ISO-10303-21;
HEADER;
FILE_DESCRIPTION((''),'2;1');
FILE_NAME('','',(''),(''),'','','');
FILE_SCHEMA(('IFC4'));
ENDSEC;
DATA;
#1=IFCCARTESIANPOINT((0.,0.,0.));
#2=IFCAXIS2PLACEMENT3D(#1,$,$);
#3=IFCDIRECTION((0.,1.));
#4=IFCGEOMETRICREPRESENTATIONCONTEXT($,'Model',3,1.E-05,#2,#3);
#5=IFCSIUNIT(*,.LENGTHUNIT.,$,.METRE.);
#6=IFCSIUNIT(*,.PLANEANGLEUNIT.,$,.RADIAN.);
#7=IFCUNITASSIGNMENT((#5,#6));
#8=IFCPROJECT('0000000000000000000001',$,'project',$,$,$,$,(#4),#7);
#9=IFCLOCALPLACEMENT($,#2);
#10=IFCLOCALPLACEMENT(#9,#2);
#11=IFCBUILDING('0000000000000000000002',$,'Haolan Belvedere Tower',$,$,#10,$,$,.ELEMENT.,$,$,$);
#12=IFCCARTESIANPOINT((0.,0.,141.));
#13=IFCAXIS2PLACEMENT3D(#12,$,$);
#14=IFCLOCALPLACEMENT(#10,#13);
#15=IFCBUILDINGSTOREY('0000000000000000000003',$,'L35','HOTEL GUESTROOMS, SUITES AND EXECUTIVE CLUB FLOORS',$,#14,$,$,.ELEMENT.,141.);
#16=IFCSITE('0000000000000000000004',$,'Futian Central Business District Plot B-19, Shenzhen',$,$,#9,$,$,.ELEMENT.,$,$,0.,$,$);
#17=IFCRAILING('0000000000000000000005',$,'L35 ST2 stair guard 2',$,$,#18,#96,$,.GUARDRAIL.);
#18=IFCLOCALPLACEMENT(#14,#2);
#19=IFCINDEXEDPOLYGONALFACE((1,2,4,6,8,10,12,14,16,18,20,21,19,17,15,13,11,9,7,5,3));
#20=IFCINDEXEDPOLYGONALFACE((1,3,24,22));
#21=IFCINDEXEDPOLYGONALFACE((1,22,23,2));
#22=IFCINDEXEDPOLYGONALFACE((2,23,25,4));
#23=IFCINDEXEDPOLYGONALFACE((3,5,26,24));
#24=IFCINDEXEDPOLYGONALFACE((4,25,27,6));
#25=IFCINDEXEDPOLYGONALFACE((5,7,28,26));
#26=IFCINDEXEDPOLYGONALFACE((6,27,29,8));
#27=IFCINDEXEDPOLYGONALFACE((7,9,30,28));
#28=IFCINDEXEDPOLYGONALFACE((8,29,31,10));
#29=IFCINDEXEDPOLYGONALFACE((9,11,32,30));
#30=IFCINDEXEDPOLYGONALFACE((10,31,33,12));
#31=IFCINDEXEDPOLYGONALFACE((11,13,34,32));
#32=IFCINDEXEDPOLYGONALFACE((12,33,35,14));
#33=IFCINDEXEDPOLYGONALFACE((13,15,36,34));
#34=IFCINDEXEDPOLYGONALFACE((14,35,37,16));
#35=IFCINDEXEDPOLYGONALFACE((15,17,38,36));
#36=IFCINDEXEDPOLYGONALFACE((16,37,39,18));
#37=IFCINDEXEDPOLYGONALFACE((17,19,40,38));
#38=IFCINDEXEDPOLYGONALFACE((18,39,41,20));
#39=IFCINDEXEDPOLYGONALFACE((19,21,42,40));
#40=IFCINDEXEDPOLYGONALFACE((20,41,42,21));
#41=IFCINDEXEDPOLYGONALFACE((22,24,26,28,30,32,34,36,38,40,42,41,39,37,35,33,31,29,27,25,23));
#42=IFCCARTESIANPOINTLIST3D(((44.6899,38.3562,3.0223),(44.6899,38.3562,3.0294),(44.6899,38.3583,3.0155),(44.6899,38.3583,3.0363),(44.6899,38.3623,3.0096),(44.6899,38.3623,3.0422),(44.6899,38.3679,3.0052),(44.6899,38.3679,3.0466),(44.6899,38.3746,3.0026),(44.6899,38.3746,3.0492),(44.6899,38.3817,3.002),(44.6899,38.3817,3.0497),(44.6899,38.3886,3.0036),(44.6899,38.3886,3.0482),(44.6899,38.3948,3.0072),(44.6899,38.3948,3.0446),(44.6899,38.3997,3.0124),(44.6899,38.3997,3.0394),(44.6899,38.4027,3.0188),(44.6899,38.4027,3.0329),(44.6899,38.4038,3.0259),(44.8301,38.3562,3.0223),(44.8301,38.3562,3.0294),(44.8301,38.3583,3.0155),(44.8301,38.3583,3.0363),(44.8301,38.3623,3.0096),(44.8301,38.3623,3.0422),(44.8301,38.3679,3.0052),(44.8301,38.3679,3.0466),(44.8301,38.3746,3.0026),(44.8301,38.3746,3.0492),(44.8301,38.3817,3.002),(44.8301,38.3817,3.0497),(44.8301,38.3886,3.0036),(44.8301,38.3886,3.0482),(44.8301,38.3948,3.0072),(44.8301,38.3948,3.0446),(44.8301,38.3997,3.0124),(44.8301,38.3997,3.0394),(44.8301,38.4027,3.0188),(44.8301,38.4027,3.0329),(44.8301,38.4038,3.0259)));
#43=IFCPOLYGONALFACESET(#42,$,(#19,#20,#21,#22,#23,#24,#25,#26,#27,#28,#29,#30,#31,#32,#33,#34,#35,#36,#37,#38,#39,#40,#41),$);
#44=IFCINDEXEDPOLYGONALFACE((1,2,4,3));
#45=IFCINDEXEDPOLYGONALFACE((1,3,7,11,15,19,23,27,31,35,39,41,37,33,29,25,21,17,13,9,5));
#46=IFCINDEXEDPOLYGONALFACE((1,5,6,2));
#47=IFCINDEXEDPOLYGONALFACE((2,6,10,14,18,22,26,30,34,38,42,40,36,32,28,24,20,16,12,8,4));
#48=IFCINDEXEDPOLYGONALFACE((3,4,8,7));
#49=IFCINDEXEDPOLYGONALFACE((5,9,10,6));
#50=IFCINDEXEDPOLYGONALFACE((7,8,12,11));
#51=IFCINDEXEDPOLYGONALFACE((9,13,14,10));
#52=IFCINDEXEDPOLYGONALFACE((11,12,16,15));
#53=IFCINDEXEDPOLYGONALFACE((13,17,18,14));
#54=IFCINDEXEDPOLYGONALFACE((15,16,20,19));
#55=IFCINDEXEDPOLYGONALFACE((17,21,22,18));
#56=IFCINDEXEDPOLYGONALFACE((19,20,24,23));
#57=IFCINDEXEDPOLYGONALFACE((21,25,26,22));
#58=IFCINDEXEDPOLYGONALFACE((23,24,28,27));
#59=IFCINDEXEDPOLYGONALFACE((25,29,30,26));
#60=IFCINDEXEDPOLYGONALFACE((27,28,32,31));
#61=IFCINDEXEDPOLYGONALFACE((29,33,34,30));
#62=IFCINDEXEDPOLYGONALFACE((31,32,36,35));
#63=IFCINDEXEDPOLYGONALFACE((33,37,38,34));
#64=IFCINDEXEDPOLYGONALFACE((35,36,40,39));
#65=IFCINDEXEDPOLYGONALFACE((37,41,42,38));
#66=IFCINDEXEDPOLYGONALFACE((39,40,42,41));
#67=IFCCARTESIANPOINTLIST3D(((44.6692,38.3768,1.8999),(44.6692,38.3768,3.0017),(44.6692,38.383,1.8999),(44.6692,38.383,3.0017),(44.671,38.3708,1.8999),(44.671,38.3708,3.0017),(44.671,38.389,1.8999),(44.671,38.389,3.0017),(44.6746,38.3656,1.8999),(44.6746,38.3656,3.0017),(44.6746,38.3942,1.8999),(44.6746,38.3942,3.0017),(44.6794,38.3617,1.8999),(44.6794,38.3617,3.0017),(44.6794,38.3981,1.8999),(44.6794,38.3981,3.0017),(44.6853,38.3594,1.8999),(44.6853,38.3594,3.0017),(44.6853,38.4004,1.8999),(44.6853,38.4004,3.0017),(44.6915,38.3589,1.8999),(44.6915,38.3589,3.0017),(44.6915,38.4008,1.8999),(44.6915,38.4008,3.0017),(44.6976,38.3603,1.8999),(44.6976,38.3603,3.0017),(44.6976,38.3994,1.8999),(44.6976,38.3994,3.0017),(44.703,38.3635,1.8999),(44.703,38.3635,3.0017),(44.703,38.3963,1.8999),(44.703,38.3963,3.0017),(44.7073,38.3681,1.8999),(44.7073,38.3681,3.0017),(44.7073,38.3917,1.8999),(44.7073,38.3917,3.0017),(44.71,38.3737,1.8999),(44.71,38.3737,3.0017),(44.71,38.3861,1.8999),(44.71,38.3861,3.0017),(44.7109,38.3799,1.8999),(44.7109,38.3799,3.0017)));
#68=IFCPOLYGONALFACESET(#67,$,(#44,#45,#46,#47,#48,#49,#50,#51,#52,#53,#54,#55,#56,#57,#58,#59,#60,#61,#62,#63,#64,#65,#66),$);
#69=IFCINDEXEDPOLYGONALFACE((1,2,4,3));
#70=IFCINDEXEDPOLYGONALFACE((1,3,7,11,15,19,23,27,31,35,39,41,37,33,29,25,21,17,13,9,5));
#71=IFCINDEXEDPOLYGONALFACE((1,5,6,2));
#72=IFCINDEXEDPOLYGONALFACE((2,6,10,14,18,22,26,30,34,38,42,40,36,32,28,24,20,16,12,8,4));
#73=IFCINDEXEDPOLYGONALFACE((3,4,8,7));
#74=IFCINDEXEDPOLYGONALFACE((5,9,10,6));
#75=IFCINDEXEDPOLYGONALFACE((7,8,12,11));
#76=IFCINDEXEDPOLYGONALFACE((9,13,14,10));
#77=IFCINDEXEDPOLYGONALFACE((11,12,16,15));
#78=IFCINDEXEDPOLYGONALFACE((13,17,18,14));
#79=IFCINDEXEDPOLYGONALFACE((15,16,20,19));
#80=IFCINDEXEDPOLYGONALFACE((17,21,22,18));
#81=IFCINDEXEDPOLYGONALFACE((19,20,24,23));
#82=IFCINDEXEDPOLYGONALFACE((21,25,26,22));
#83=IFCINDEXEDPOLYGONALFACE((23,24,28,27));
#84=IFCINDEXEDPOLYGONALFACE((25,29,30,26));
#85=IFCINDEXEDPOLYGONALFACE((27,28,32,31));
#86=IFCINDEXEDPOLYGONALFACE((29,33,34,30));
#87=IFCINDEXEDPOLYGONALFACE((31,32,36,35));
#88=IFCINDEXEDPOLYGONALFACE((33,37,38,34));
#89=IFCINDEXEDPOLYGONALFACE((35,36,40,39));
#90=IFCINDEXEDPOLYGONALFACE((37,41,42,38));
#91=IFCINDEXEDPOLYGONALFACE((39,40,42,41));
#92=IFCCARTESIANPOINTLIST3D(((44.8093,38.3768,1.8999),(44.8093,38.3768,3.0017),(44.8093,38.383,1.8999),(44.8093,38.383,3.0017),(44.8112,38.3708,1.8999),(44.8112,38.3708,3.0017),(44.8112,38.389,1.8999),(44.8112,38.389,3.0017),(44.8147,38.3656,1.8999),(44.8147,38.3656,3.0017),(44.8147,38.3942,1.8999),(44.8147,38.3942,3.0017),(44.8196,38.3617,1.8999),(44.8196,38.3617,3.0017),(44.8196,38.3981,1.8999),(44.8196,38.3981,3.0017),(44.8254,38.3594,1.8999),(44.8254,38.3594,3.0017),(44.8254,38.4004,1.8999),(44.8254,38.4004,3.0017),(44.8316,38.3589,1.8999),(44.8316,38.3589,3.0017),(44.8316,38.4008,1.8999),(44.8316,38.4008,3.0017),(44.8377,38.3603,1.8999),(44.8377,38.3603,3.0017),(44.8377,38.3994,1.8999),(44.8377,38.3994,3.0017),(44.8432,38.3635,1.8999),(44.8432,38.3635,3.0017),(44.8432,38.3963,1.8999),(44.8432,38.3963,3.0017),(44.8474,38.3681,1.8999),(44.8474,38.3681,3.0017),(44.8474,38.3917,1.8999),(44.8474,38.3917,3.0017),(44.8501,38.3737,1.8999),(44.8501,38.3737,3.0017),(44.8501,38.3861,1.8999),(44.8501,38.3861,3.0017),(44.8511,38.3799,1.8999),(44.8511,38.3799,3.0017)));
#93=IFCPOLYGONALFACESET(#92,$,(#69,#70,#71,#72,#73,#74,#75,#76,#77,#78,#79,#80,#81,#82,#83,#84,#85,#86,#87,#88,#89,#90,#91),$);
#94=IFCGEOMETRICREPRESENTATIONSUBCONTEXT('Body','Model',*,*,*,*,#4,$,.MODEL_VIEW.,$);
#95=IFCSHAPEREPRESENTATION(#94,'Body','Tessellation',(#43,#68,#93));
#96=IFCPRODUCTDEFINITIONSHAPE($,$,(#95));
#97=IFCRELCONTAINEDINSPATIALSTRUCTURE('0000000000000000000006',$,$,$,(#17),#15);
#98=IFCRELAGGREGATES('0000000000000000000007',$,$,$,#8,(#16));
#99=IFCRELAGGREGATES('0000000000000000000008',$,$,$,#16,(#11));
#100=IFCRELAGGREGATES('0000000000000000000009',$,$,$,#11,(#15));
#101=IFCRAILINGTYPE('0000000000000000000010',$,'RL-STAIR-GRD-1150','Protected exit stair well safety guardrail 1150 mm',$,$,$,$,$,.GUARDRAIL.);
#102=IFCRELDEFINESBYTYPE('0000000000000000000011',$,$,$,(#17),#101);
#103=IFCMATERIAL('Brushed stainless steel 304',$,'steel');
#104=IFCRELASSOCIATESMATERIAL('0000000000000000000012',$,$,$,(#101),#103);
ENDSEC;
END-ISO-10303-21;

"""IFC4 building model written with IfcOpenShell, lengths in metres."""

from ifc_helpers import new_model, si_unit, direction, frame, origin, origin_2d, place, context, subcontext, project, spatial, circle, extrude, material, type_object, element, save


model = new_model("IFC4")

# Units and contexts
model_context = context("Model", 3, precision=1e-05, world=origin(), true_north=direction((0.0, 1.0)))
body_context = subcontext(model_context, "Body", "Model", "MODEL_VIEW")
ifc_project = project(units=[si_unit("LENGTHUNIT", "METRE"), si_unit("PLANEANGLEUNIT", "RADIAN")], contexts=[model_context])

# Site, building, storey
site_placement = place(None, origin())
site = spatial("IfcSite", under=ifc_project, at=site_placement, Name="Futian Central Business District Plot B-19, Shenzhen", CompositionType="ELEMENT", RefElevation=0.0)
building_placement = place(site_placement, origin())
building = spatial("IfcBuilding", under=site, at=building_placement, Name="Haolan Belvedere Tower", CompositionType="ELEMENT")
storey_placement = place(building_placement, frame((0.0, 0.0, 141.0)))
storey = spatial("IfcBuildingStorey", under=building, at=storey_placement, Name="L35", Description="HOTEL GUESTROOMS, SUITES AND EXECUTIVE CLUB FLOORS", CompositionType="ELEMENT", Elevation=141.0)

# Railing
ifc_material_1 = material(Name="Brushed stainless steel 304", Category="steel")
railing_type_1 = type_object("IfcRailingType", Name="RL-STAIR-GRD-1150", Description="Protected exit stair well safety guardrail 1150 mm", PredefinedType="GUARDRAIL", material=ifc_material_1)
railing_1_placement = place(storey_placement, frame((44.6899, 38.3799, 1.8999)))
element("IfcRailing", 1, at=railing_1_placement, inside=storey, type_object=railing_type_1, Name="L35 ST2 stair guard 2", PredefinedType="GUARDRAIL", context=body_context, shape_type="SweptSolid", body=[
    extrude(circle(Radius=0.0239, at=origin_2d()), frame((0.0, 0.0, 1.126), z_axis=(1.0, 0.0, 0.0), x_axis=(0.0, 1.0, 0.0)), (0.0, 0.0, 1.0), 0.1401),
    extrude(circle(Radius=0.021, at=origin_2d()), origin(), (0.0, 0.0, 1.0), 1.1018),
    extrude(circle(Radius=0.021, at=origin_2d()), frame((0.1401, 0.0, 0.0)), (0.0, 0.0, 1.0), 1.1018),
])

save(model, "model.ifc")
